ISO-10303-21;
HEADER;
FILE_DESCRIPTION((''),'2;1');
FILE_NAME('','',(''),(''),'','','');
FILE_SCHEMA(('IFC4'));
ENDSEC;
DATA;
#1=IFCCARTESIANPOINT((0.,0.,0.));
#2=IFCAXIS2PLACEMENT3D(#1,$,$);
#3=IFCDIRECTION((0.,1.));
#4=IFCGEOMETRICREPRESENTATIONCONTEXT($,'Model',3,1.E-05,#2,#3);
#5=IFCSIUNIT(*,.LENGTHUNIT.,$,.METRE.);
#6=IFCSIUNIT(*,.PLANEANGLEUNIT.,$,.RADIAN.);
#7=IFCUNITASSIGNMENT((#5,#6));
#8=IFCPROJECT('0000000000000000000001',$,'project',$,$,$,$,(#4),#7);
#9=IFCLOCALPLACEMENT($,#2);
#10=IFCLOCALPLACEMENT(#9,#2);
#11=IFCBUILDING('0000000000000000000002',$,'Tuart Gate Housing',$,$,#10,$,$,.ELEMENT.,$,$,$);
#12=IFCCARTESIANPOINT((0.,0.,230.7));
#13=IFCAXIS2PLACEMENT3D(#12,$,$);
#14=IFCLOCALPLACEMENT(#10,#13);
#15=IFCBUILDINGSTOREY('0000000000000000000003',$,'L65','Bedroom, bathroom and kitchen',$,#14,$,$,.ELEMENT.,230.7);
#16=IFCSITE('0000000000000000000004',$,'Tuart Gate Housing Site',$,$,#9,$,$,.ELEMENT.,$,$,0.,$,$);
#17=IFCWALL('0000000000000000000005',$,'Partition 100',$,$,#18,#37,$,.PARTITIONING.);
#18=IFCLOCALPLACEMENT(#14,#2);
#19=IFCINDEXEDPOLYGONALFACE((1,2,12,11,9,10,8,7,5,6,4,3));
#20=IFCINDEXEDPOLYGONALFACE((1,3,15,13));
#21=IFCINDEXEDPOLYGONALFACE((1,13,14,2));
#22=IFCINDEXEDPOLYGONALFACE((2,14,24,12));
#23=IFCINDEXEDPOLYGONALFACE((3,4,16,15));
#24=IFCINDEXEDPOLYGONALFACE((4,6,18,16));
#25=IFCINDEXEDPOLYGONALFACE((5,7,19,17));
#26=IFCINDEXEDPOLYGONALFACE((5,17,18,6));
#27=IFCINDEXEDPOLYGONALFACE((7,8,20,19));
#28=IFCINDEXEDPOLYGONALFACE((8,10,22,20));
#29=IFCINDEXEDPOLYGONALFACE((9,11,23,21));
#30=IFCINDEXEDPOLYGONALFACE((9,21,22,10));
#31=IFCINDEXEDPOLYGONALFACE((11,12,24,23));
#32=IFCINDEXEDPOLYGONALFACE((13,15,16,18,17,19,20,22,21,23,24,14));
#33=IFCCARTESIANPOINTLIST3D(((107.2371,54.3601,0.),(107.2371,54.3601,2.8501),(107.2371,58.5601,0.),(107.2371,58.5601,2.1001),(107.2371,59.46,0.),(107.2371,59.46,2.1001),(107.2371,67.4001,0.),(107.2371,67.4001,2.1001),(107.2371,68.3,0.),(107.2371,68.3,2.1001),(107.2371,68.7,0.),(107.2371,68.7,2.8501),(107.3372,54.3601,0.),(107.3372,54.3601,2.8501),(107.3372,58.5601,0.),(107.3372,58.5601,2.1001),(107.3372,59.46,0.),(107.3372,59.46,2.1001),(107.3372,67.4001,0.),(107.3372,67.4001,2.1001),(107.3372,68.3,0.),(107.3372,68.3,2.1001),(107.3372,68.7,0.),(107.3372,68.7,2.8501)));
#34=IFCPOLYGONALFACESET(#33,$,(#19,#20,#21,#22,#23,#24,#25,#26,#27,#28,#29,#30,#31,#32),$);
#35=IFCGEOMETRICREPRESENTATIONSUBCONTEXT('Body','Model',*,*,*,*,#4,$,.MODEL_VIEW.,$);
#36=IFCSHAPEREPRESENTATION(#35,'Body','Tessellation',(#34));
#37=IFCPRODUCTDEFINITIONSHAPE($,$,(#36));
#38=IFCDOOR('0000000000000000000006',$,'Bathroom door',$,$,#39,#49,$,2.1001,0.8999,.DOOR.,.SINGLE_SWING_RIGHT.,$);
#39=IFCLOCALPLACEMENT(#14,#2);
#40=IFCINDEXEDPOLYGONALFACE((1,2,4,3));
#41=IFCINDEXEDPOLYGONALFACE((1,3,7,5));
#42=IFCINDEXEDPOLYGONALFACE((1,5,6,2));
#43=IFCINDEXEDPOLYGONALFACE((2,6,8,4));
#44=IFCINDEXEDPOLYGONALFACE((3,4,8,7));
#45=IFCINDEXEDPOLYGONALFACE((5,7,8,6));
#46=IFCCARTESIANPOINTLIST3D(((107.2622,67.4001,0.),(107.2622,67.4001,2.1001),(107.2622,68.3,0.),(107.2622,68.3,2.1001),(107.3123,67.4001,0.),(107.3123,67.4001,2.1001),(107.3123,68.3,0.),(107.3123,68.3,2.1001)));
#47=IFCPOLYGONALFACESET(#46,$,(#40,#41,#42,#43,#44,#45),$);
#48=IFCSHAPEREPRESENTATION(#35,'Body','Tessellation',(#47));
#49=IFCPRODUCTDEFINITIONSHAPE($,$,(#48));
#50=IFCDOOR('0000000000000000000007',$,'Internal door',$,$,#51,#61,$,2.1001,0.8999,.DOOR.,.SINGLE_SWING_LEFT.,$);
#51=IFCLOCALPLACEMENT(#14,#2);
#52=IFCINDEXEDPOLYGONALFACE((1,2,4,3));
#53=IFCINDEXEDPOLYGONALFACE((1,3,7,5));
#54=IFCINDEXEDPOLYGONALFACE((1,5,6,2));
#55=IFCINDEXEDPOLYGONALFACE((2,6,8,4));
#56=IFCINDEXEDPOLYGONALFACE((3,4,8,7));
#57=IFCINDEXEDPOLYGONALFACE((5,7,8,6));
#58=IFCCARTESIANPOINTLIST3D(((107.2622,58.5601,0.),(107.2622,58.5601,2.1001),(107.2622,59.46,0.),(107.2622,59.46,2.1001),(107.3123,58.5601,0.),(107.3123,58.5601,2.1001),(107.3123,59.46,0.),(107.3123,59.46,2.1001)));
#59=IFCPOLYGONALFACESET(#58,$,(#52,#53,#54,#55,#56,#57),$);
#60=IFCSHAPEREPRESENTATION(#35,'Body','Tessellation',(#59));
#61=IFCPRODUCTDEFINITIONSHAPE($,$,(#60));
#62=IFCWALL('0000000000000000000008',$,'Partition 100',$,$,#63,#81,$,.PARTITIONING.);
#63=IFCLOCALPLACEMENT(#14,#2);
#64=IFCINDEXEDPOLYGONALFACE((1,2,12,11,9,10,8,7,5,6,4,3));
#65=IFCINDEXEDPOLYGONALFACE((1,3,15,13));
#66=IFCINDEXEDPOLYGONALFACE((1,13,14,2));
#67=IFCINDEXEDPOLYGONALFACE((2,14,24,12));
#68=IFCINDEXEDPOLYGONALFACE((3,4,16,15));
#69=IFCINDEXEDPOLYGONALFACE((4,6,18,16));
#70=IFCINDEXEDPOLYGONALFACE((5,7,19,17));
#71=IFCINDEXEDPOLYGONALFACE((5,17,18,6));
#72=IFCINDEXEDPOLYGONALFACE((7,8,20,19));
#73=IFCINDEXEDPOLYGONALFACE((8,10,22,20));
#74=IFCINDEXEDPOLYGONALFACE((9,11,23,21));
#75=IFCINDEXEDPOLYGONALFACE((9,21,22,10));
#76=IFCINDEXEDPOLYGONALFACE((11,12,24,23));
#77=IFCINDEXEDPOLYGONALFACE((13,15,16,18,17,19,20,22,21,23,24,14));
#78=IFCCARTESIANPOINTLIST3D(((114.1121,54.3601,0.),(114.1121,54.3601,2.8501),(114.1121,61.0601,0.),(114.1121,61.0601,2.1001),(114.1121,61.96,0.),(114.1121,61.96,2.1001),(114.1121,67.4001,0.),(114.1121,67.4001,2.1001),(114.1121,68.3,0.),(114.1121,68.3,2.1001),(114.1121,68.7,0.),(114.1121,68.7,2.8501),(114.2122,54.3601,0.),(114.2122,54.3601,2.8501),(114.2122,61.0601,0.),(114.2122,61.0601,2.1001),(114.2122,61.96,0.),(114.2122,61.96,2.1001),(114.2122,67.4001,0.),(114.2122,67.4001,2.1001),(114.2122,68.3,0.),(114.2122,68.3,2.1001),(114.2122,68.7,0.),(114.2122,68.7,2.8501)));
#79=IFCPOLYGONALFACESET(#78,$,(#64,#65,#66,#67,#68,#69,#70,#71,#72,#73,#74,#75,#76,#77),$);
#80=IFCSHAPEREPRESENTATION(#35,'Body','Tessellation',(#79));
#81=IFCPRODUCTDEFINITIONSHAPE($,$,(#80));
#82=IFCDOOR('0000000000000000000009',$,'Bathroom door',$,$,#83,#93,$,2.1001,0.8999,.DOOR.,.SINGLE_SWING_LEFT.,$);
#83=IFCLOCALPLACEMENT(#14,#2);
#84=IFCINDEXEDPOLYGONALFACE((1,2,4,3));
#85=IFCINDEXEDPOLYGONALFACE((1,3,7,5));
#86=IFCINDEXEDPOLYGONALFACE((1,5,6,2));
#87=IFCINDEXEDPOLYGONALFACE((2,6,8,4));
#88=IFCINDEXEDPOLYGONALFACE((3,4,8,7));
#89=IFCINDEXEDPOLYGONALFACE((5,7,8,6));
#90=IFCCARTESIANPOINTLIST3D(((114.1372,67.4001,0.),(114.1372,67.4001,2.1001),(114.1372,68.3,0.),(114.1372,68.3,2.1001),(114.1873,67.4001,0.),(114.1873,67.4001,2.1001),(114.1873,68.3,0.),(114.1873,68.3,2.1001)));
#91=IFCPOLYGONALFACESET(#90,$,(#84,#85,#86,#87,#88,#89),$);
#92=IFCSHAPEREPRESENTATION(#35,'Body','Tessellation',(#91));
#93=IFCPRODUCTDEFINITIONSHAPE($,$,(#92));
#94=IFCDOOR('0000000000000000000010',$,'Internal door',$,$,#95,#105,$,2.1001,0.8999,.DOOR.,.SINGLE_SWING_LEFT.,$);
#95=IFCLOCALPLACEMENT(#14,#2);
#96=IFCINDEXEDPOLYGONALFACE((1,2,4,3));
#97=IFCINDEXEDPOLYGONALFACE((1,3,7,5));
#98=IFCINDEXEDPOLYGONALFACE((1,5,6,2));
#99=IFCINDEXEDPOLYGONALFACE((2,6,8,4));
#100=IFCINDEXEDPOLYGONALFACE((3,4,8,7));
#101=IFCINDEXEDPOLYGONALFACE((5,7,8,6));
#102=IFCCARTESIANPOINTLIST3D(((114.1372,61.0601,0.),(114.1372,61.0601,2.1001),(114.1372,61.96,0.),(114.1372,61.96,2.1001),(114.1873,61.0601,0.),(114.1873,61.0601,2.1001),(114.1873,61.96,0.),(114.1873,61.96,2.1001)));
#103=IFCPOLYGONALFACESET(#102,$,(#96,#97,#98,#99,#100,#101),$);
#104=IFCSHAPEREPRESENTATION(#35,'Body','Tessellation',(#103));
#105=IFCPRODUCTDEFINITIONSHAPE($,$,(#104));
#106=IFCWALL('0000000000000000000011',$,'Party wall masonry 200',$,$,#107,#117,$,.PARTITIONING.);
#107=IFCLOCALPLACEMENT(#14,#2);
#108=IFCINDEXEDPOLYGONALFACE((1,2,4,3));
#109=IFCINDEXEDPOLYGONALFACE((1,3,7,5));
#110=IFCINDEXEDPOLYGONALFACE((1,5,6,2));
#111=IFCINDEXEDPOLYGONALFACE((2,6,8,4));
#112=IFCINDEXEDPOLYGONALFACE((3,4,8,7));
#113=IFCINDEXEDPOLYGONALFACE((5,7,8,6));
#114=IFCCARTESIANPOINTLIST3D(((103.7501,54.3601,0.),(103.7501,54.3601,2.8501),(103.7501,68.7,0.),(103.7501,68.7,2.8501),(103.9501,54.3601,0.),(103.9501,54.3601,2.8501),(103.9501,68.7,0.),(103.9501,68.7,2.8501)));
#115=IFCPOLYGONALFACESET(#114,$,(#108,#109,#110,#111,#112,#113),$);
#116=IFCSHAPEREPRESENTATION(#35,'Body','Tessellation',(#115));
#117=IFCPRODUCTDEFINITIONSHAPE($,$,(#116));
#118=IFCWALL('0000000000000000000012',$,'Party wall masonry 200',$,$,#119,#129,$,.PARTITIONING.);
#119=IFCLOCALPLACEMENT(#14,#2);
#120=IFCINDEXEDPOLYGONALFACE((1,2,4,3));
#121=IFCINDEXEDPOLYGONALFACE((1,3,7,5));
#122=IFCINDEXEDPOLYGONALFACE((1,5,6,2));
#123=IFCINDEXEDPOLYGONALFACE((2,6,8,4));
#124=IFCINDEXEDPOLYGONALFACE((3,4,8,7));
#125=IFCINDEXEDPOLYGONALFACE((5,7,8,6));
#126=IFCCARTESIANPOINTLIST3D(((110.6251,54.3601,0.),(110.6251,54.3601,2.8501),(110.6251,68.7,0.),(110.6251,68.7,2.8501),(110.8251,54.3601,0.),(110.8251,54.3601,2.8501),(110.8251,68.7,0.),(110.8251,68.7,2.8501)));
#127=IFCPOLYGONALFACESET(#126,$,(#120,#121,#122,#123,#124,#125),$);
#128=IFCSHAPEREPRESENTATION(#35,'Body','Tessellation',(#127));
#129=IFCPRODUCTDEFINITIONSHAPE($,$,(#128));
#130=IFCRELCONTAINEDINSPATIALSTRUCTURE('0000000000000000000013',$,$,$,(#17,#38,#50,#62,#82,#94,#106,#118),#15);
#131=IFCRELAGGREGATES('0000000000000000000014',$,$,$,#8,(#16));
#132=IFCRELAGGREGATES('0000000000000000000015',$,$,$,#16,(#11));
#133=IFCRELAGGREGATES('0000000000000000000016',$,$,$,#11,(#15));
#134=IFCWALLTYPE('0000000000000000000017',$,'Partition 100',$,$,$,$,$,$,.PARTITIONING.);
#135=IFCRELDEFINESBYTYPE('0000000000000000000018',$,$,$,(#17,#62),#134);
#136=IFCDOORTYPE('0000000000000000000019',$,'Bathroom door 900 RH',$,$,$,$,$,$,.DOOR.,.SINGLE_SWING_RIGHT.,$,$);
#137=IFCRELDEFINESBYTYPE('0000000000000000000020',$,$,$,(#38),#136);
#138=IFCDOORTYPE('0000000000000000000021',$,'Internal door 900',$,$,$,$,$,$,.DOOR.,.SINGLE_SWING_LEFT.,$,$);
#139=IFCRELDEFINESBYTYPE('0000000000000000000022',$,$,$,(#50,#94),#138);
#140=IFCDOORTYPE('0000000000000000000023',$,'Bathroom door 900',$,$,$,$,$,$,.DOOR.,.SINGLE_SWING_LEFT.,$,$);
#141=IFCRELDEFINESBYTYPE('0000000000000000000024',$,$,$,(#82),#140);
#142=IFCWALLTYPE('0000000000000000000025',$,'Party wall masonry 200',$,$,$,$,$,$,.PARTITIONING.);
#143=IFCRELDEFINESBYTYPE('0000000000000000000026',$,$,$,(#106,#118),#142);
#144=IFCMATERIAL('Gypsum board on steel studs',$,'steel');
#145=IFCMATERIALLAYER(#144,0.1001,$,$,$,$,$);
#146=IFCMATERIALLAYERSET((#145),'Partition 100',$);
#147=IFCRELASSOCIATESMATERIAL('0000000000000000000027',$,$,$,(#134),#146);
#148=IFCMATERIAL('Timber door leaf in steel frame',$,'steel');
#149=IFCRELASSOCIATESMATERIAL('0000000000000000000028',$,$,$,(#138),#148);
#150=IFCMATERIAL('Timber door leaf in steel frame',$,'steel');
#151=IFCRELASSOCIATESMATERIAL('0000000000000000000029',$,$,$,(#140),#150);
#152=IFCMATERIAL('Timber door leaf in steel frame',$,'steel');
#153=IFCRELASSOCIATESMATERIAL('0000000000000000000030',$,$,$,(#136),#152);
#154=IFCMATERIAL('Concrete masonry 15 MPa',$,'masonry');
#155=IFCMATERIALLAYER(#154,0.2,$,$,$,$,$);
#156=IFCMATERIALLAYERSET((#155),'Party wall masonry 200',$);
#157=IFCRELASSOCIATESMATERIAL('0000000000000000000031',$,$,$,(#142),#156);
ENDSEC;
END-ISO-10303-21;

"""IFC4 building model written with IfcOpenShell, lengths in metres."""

from ifc_helpers import new_model, si_unit, direction, frame, frame_2d, origin, place, context, subcontext, project, spatial, rectangle, extrude, material, layer, layer_set, type_object, element, fill, save


model = new_model("IFC4")

# Units and contexts
model_context = context("Model", 3, precision=1e-05, world=origin(), true_north=direction((0.0, 1.0)))
body_context = subcontext(model_context, "Body", "Model", "MODEL_VIEW")
ifc_project = project(units=[si_unit("LENGTHUNIT", "METRE"), si_unit("PLANEANGLEUNIT", "RADIAN")], contexts=[model_context])

# Site, building, storey
site_placement = place(None, origin())
site = spatial("IfcSite", under=ifc_project, at=site_placement, Name="Tuart Gate Housing Site", CompositionType="ELEMENT", RefElevation=0.0)
building_placement = place(site_placement, origin())
building = spatial("IfcBuilding", under=site, at=building_placement, Name="Tuart Gate Housing", CompositionType="ELEMENT")
storey_placement = place(building_placement, frame((0.0, 0.0, 230.7)))
storey = spatial("IfcBuildingStorey", under=building, at=storey_placement, Name="L65", Description="Bedroom, bathroom and kitchen", CompositionType="ELEMENT", Elevation=230.7)

# Shared definitions
ifc_material_1 = material(Name="Gypsum board on steel studs", Category="steel")
ifc_layer_1 = layer(ifc_material_1, 0.1001)
ifc_layer_set_1 = layer_set([ifc_layer_1], Name="Partition 100")
wall_type_1 = type_object("IfcWallType", Name="Partition 100", PredefinedType="PARTITIONING", material=ifc_layer_set_1)
ifc_material_2 = material(Name="Timber door leaf in steel frame", Category="steel")
door_type_1 = type_object("IfcDoorType", Name="Internal door 900", OperationType="SINGLE_SWING_LEFT", PredefinedType="DOOR", material=ifc_material_2)

# Walls, openings, doors
ifc_material_3 = material(Name="Timber door leaf in steel frame", Category="steel")
door_type_2 = type_object("IfcDoorType", Name="Bathroom door 900", OperationType="SINGLE_SWING_LEFT", PredefinedType="DOOR", material=ifc_material_3)
wall_1_placement = place(storey_placement, frame((107.2871, 54.3601, 0.0), z_axis=(0.0, 0.0, 1.0), x_axis=(0.0, 1.0, 0.0)))
wall_1 = element("IfcWall", 1, at=wall_1_placement, inside=storey, type_object=wall_type_1, Name="Partition 100", PredefinedType="PARTITIONING", context=body_context, shape_type="SweptSolid", body=[
    extrude(rectangle(XDim=14.3398, YDim=0.1001, at=frame_2d((7.1699, 0.0))), origin(), (0.0, 0.0, 1.0), 2.8501),
])
opening_1_placement = place(wall_1_placement, frame((4.2, 0.0, 0.0)))
opening_1 = element("IfcOpeningElement", 2, at=opening_1_placement, cuts=wall_1, PredefinedType="OPENING", context=body_context, shape_type="SweptSolid", body=[
    extrude(rectangle(XDim=0.8999, YDim=2.1001, at=frame_2d((0.45, 1.05))), frame((0.0, 0.0601, 0.0), z_axis=(0.0, -1.0, 0.0), x_axis=(1.0, 0.0, 0.0)), (0.0, 0.0, 1.0), 0.1201),
])
opening_2_placement = place(wall_1_placement, frame((13.04, 0.0, 0.0)))
opening_2 = element("IfcOpeningElement", 3, at=opening_2_placement, cuts=wall_1, PredefinedType="OPENING", context=body_context, shape_type="SweptSolid", body=[
    extrude(rectangle(XDim=0.8999, YDim=2.1001, at=frame_2d((0.45, 1.05))), frame((0.0, 0.0601, 0.0), z_axis=(0.0, -1.0, 0.0), x_axis=(1.0, 0.0, 0.0)), (0.0, 0.0, 1.0), 0.1201),
])
ifc_material_4 = material(Name="Timber door leaf in steel frame", Category="steel")
door_type_3 = type_object("IfcDoorType", Name="Bathroom door 900 RH", OperationType="SINGLE_SWING_RIGHT", PredefinedType="DOOR", material=ifc_material_4)
door_1_placement = place(opening_2_placement, origin())
door_1 = element("IfcDoor", 4, at=door_1_placement, inside=storey, type_object=door_type_3, Name="Bathroom door", OperationType="SINGLE_SWING_RIGHT", OverallHeight=2.1001, OverallWidth=0.8999, PredefinedType="DOOR", context=body_context, shape_type="SweptSolid", body=[
    extrude(rectangle(XDim=0.8999, YDim=2.1001, at=frame_2d((0.45, 1.05))), frame((0.0, 0.0249, 0.0), z_axis=(0.0, -1.0, 0.0), x_axis=(1.0, 0.0, 0.0)), (0.0, 0.0, 1.0), 0.05),
])
fill(opening_2, door_1)
door_2_placement = place(opening_1_placement, origin())
door_2 = element("IfcDoor", 5, at=door_2_placement, inside=storey, type_object=door_type_1, Name="Internal door", OperationType="SINGLE_SWING_LEFT", OverallHeight=2.1001, OverallWidth=0.8999, PredefinedType="DOOR", context=body_context, shape_type="SweptSolid", body=[
    extrude(rectangle(XDim=0.8999, YDim=2.1001, at=frame_2d((0.45, 1.05))), frame((0.0, 0.0249, 0.0), z_axis=(0.0, -1.0, 0.0), x_axis=(1.0, 0.0, 0.0)), (0.0, 0.0, 1.0), 0.05),
])
fill(opening_1, door_2)
wall_2_placement = place(storey_placement, frame((114.1621, 54.3601, 0.0), z_axis=(0.0, 0.0, 1.0), x_axis=(0.0, 1.0, 0.0)))
wall_2 = element("IfcWall", 6, at=wall_2_placement, inside=storey, type_object=wall_type_1, Name="Partition 100", PredefinedType="PARTITIONING", context=body_context, shape_type="SweptSolid", body=[
    extrude(rectangle(XDim=14.3398, YDim=0.1001, at=frame_2d((7.1699, 0.0))), origin(), (0.0, 0.0, 1.0), 2.8501),
])
opening_3_placement = place(wall_2_placement, frame((6.7, 0.0, 0.0)))
opening_3 = element("IfcOpeningElement", 7, at=opening_3_placement, cuts=wall_2, PredefinedType="OPENING", context=body_context, shape_type="SweptSolid", body=[
    extrude(rectangle(XDim=0.8999, YDim=2.1001, at=frame_2d((0.45, 1.05))), frame((0.0, 0.0601, 0.0), z_axis=(0.0, -1.0, 0.0), x_axis=(1.0, 0.0, 0.0)), (0.0, 0.0, 1.0), 0.1201),
])
opening_4_placement = place(wall_2_placement, frame((13.04, 0.0, 0.0)))
opening_4 = element("IfcOpeningElement", 8, at=opening_4_placement, cuts=wall_2, PredefinedType="OPENING", context=body_context, shape_type="SweptSolid", body=[
    extrude(rectangle(XDim=0.8999, YDim=2.1001, at=frame_2d((0.45, 1.05))), frame((0.0, 0.0601, 0.0), z_axis=(0.0, -1.0, 0.0), x_axis=(1.0, 0.0, 0.0)), (0.0, 0.0, 1.0), 0.1201),
])
door_3_placement = place(opening_4_placement, frame((0.8999, 0.0, 0.0), z_axis=(0.0, 0.0, 1.0), x_axis=(-1.0, 0.0, 0.0)))
door_3 = element("IfcDoor", 9, at=door_3_placement, inside=storey, type_object=door_type_2, Name="Bathroom door", OperationType="SINGLE_SWING_LEFT", OverallHeight=2.1001, OverallWidth=0.8999, PredefinedType="DOOR", context=body_context, shape_type="SweptSolid", body=[
    extrude(rectangle(XDim=0.8999, YDim=2.1001, at=frame_2d((0.45, 1.05))), frame((0.0, 0.0251, 0.0), z_axis=(0.0, -1.0, 0.0), x_axis=(1.0, 0.0, 0.0)), (0.0, 0.0, 1.0), 0.05),
])
fill(opening_4, door_3)
door_4_placement = place(opening_3_placement, frame((0.8999, 0.0, 0.0), z_axis=(0.0, 0.0, 1.0), x_axis=(-1.0, 0.0, 0.0)))
door_4 = element("IfcDoor", 10, at=door_4_placement, inside=storey, type_object=door_type_1, Name="Internal door", OperationType="SINGLE_SWING_LEFT", OverallHeight=2.1001, OverallWidth=0.8999, PredefinedType="DOOR", context=body_context, shape_type="SweptSolid", body=[
    extrude(rectangle(XDim=0.8999, YDim=2.1001, at=frame_2d((0.45, 1.05))), frame((0.0, 0.0251, 0.0), z_axis=(0.0, -1.0, 0.0), x_axis=(1.0, 0.0, 0.0)), (0.0, 0.0, 1.0), 0.05),
])
fill(opening_3, door_4)

# Walls
ifc_material_5 = material(Name="Concrete masonry 15 MPa", Category="masonry")
ifc_layer_2 = layer(ifc_material_5, 0.2)
ifc_layer_set_2 = layer_set([ifc_layer_2], Name="Party wall masonry 200")
wall_type_2 = type_object("IfcWallType", Name="Party wall masonry 200", PredefinedType="PARTITIONING", material=ifc_layer_set_2)
for number, where, z_axis, x_axis, name in (
    (11, (103.8501, 54.3601, 0.0), (0.0, 0.0, 1.0), (0.0, 1.0, 0.0), "Party wall masonry 200"),
    (12, (110.7251, 54.3601, 0.0), (0.0, 0.0, 1.0), (0.0, 1.0, 0.0), "Party wall masonry 200"),
):
    element("IfcWall", number, at=place(storey_placement, frame(where, z_axis=z_axis, x_axis=x_axis)), inside=storey, type_object=wall_type_2, Name=name, PredefinedType="PARTITIONING", context=body_context, shape_type="SweptSolid", body=[
        extrude(rectangle(XDim=14.3398, YDim=0.2, at=frame_2d((7.1699, 0.0))), origin(), (0.0, 0.0, 1.0), 2.8501),
    ])

save(model, "model.ifc")
